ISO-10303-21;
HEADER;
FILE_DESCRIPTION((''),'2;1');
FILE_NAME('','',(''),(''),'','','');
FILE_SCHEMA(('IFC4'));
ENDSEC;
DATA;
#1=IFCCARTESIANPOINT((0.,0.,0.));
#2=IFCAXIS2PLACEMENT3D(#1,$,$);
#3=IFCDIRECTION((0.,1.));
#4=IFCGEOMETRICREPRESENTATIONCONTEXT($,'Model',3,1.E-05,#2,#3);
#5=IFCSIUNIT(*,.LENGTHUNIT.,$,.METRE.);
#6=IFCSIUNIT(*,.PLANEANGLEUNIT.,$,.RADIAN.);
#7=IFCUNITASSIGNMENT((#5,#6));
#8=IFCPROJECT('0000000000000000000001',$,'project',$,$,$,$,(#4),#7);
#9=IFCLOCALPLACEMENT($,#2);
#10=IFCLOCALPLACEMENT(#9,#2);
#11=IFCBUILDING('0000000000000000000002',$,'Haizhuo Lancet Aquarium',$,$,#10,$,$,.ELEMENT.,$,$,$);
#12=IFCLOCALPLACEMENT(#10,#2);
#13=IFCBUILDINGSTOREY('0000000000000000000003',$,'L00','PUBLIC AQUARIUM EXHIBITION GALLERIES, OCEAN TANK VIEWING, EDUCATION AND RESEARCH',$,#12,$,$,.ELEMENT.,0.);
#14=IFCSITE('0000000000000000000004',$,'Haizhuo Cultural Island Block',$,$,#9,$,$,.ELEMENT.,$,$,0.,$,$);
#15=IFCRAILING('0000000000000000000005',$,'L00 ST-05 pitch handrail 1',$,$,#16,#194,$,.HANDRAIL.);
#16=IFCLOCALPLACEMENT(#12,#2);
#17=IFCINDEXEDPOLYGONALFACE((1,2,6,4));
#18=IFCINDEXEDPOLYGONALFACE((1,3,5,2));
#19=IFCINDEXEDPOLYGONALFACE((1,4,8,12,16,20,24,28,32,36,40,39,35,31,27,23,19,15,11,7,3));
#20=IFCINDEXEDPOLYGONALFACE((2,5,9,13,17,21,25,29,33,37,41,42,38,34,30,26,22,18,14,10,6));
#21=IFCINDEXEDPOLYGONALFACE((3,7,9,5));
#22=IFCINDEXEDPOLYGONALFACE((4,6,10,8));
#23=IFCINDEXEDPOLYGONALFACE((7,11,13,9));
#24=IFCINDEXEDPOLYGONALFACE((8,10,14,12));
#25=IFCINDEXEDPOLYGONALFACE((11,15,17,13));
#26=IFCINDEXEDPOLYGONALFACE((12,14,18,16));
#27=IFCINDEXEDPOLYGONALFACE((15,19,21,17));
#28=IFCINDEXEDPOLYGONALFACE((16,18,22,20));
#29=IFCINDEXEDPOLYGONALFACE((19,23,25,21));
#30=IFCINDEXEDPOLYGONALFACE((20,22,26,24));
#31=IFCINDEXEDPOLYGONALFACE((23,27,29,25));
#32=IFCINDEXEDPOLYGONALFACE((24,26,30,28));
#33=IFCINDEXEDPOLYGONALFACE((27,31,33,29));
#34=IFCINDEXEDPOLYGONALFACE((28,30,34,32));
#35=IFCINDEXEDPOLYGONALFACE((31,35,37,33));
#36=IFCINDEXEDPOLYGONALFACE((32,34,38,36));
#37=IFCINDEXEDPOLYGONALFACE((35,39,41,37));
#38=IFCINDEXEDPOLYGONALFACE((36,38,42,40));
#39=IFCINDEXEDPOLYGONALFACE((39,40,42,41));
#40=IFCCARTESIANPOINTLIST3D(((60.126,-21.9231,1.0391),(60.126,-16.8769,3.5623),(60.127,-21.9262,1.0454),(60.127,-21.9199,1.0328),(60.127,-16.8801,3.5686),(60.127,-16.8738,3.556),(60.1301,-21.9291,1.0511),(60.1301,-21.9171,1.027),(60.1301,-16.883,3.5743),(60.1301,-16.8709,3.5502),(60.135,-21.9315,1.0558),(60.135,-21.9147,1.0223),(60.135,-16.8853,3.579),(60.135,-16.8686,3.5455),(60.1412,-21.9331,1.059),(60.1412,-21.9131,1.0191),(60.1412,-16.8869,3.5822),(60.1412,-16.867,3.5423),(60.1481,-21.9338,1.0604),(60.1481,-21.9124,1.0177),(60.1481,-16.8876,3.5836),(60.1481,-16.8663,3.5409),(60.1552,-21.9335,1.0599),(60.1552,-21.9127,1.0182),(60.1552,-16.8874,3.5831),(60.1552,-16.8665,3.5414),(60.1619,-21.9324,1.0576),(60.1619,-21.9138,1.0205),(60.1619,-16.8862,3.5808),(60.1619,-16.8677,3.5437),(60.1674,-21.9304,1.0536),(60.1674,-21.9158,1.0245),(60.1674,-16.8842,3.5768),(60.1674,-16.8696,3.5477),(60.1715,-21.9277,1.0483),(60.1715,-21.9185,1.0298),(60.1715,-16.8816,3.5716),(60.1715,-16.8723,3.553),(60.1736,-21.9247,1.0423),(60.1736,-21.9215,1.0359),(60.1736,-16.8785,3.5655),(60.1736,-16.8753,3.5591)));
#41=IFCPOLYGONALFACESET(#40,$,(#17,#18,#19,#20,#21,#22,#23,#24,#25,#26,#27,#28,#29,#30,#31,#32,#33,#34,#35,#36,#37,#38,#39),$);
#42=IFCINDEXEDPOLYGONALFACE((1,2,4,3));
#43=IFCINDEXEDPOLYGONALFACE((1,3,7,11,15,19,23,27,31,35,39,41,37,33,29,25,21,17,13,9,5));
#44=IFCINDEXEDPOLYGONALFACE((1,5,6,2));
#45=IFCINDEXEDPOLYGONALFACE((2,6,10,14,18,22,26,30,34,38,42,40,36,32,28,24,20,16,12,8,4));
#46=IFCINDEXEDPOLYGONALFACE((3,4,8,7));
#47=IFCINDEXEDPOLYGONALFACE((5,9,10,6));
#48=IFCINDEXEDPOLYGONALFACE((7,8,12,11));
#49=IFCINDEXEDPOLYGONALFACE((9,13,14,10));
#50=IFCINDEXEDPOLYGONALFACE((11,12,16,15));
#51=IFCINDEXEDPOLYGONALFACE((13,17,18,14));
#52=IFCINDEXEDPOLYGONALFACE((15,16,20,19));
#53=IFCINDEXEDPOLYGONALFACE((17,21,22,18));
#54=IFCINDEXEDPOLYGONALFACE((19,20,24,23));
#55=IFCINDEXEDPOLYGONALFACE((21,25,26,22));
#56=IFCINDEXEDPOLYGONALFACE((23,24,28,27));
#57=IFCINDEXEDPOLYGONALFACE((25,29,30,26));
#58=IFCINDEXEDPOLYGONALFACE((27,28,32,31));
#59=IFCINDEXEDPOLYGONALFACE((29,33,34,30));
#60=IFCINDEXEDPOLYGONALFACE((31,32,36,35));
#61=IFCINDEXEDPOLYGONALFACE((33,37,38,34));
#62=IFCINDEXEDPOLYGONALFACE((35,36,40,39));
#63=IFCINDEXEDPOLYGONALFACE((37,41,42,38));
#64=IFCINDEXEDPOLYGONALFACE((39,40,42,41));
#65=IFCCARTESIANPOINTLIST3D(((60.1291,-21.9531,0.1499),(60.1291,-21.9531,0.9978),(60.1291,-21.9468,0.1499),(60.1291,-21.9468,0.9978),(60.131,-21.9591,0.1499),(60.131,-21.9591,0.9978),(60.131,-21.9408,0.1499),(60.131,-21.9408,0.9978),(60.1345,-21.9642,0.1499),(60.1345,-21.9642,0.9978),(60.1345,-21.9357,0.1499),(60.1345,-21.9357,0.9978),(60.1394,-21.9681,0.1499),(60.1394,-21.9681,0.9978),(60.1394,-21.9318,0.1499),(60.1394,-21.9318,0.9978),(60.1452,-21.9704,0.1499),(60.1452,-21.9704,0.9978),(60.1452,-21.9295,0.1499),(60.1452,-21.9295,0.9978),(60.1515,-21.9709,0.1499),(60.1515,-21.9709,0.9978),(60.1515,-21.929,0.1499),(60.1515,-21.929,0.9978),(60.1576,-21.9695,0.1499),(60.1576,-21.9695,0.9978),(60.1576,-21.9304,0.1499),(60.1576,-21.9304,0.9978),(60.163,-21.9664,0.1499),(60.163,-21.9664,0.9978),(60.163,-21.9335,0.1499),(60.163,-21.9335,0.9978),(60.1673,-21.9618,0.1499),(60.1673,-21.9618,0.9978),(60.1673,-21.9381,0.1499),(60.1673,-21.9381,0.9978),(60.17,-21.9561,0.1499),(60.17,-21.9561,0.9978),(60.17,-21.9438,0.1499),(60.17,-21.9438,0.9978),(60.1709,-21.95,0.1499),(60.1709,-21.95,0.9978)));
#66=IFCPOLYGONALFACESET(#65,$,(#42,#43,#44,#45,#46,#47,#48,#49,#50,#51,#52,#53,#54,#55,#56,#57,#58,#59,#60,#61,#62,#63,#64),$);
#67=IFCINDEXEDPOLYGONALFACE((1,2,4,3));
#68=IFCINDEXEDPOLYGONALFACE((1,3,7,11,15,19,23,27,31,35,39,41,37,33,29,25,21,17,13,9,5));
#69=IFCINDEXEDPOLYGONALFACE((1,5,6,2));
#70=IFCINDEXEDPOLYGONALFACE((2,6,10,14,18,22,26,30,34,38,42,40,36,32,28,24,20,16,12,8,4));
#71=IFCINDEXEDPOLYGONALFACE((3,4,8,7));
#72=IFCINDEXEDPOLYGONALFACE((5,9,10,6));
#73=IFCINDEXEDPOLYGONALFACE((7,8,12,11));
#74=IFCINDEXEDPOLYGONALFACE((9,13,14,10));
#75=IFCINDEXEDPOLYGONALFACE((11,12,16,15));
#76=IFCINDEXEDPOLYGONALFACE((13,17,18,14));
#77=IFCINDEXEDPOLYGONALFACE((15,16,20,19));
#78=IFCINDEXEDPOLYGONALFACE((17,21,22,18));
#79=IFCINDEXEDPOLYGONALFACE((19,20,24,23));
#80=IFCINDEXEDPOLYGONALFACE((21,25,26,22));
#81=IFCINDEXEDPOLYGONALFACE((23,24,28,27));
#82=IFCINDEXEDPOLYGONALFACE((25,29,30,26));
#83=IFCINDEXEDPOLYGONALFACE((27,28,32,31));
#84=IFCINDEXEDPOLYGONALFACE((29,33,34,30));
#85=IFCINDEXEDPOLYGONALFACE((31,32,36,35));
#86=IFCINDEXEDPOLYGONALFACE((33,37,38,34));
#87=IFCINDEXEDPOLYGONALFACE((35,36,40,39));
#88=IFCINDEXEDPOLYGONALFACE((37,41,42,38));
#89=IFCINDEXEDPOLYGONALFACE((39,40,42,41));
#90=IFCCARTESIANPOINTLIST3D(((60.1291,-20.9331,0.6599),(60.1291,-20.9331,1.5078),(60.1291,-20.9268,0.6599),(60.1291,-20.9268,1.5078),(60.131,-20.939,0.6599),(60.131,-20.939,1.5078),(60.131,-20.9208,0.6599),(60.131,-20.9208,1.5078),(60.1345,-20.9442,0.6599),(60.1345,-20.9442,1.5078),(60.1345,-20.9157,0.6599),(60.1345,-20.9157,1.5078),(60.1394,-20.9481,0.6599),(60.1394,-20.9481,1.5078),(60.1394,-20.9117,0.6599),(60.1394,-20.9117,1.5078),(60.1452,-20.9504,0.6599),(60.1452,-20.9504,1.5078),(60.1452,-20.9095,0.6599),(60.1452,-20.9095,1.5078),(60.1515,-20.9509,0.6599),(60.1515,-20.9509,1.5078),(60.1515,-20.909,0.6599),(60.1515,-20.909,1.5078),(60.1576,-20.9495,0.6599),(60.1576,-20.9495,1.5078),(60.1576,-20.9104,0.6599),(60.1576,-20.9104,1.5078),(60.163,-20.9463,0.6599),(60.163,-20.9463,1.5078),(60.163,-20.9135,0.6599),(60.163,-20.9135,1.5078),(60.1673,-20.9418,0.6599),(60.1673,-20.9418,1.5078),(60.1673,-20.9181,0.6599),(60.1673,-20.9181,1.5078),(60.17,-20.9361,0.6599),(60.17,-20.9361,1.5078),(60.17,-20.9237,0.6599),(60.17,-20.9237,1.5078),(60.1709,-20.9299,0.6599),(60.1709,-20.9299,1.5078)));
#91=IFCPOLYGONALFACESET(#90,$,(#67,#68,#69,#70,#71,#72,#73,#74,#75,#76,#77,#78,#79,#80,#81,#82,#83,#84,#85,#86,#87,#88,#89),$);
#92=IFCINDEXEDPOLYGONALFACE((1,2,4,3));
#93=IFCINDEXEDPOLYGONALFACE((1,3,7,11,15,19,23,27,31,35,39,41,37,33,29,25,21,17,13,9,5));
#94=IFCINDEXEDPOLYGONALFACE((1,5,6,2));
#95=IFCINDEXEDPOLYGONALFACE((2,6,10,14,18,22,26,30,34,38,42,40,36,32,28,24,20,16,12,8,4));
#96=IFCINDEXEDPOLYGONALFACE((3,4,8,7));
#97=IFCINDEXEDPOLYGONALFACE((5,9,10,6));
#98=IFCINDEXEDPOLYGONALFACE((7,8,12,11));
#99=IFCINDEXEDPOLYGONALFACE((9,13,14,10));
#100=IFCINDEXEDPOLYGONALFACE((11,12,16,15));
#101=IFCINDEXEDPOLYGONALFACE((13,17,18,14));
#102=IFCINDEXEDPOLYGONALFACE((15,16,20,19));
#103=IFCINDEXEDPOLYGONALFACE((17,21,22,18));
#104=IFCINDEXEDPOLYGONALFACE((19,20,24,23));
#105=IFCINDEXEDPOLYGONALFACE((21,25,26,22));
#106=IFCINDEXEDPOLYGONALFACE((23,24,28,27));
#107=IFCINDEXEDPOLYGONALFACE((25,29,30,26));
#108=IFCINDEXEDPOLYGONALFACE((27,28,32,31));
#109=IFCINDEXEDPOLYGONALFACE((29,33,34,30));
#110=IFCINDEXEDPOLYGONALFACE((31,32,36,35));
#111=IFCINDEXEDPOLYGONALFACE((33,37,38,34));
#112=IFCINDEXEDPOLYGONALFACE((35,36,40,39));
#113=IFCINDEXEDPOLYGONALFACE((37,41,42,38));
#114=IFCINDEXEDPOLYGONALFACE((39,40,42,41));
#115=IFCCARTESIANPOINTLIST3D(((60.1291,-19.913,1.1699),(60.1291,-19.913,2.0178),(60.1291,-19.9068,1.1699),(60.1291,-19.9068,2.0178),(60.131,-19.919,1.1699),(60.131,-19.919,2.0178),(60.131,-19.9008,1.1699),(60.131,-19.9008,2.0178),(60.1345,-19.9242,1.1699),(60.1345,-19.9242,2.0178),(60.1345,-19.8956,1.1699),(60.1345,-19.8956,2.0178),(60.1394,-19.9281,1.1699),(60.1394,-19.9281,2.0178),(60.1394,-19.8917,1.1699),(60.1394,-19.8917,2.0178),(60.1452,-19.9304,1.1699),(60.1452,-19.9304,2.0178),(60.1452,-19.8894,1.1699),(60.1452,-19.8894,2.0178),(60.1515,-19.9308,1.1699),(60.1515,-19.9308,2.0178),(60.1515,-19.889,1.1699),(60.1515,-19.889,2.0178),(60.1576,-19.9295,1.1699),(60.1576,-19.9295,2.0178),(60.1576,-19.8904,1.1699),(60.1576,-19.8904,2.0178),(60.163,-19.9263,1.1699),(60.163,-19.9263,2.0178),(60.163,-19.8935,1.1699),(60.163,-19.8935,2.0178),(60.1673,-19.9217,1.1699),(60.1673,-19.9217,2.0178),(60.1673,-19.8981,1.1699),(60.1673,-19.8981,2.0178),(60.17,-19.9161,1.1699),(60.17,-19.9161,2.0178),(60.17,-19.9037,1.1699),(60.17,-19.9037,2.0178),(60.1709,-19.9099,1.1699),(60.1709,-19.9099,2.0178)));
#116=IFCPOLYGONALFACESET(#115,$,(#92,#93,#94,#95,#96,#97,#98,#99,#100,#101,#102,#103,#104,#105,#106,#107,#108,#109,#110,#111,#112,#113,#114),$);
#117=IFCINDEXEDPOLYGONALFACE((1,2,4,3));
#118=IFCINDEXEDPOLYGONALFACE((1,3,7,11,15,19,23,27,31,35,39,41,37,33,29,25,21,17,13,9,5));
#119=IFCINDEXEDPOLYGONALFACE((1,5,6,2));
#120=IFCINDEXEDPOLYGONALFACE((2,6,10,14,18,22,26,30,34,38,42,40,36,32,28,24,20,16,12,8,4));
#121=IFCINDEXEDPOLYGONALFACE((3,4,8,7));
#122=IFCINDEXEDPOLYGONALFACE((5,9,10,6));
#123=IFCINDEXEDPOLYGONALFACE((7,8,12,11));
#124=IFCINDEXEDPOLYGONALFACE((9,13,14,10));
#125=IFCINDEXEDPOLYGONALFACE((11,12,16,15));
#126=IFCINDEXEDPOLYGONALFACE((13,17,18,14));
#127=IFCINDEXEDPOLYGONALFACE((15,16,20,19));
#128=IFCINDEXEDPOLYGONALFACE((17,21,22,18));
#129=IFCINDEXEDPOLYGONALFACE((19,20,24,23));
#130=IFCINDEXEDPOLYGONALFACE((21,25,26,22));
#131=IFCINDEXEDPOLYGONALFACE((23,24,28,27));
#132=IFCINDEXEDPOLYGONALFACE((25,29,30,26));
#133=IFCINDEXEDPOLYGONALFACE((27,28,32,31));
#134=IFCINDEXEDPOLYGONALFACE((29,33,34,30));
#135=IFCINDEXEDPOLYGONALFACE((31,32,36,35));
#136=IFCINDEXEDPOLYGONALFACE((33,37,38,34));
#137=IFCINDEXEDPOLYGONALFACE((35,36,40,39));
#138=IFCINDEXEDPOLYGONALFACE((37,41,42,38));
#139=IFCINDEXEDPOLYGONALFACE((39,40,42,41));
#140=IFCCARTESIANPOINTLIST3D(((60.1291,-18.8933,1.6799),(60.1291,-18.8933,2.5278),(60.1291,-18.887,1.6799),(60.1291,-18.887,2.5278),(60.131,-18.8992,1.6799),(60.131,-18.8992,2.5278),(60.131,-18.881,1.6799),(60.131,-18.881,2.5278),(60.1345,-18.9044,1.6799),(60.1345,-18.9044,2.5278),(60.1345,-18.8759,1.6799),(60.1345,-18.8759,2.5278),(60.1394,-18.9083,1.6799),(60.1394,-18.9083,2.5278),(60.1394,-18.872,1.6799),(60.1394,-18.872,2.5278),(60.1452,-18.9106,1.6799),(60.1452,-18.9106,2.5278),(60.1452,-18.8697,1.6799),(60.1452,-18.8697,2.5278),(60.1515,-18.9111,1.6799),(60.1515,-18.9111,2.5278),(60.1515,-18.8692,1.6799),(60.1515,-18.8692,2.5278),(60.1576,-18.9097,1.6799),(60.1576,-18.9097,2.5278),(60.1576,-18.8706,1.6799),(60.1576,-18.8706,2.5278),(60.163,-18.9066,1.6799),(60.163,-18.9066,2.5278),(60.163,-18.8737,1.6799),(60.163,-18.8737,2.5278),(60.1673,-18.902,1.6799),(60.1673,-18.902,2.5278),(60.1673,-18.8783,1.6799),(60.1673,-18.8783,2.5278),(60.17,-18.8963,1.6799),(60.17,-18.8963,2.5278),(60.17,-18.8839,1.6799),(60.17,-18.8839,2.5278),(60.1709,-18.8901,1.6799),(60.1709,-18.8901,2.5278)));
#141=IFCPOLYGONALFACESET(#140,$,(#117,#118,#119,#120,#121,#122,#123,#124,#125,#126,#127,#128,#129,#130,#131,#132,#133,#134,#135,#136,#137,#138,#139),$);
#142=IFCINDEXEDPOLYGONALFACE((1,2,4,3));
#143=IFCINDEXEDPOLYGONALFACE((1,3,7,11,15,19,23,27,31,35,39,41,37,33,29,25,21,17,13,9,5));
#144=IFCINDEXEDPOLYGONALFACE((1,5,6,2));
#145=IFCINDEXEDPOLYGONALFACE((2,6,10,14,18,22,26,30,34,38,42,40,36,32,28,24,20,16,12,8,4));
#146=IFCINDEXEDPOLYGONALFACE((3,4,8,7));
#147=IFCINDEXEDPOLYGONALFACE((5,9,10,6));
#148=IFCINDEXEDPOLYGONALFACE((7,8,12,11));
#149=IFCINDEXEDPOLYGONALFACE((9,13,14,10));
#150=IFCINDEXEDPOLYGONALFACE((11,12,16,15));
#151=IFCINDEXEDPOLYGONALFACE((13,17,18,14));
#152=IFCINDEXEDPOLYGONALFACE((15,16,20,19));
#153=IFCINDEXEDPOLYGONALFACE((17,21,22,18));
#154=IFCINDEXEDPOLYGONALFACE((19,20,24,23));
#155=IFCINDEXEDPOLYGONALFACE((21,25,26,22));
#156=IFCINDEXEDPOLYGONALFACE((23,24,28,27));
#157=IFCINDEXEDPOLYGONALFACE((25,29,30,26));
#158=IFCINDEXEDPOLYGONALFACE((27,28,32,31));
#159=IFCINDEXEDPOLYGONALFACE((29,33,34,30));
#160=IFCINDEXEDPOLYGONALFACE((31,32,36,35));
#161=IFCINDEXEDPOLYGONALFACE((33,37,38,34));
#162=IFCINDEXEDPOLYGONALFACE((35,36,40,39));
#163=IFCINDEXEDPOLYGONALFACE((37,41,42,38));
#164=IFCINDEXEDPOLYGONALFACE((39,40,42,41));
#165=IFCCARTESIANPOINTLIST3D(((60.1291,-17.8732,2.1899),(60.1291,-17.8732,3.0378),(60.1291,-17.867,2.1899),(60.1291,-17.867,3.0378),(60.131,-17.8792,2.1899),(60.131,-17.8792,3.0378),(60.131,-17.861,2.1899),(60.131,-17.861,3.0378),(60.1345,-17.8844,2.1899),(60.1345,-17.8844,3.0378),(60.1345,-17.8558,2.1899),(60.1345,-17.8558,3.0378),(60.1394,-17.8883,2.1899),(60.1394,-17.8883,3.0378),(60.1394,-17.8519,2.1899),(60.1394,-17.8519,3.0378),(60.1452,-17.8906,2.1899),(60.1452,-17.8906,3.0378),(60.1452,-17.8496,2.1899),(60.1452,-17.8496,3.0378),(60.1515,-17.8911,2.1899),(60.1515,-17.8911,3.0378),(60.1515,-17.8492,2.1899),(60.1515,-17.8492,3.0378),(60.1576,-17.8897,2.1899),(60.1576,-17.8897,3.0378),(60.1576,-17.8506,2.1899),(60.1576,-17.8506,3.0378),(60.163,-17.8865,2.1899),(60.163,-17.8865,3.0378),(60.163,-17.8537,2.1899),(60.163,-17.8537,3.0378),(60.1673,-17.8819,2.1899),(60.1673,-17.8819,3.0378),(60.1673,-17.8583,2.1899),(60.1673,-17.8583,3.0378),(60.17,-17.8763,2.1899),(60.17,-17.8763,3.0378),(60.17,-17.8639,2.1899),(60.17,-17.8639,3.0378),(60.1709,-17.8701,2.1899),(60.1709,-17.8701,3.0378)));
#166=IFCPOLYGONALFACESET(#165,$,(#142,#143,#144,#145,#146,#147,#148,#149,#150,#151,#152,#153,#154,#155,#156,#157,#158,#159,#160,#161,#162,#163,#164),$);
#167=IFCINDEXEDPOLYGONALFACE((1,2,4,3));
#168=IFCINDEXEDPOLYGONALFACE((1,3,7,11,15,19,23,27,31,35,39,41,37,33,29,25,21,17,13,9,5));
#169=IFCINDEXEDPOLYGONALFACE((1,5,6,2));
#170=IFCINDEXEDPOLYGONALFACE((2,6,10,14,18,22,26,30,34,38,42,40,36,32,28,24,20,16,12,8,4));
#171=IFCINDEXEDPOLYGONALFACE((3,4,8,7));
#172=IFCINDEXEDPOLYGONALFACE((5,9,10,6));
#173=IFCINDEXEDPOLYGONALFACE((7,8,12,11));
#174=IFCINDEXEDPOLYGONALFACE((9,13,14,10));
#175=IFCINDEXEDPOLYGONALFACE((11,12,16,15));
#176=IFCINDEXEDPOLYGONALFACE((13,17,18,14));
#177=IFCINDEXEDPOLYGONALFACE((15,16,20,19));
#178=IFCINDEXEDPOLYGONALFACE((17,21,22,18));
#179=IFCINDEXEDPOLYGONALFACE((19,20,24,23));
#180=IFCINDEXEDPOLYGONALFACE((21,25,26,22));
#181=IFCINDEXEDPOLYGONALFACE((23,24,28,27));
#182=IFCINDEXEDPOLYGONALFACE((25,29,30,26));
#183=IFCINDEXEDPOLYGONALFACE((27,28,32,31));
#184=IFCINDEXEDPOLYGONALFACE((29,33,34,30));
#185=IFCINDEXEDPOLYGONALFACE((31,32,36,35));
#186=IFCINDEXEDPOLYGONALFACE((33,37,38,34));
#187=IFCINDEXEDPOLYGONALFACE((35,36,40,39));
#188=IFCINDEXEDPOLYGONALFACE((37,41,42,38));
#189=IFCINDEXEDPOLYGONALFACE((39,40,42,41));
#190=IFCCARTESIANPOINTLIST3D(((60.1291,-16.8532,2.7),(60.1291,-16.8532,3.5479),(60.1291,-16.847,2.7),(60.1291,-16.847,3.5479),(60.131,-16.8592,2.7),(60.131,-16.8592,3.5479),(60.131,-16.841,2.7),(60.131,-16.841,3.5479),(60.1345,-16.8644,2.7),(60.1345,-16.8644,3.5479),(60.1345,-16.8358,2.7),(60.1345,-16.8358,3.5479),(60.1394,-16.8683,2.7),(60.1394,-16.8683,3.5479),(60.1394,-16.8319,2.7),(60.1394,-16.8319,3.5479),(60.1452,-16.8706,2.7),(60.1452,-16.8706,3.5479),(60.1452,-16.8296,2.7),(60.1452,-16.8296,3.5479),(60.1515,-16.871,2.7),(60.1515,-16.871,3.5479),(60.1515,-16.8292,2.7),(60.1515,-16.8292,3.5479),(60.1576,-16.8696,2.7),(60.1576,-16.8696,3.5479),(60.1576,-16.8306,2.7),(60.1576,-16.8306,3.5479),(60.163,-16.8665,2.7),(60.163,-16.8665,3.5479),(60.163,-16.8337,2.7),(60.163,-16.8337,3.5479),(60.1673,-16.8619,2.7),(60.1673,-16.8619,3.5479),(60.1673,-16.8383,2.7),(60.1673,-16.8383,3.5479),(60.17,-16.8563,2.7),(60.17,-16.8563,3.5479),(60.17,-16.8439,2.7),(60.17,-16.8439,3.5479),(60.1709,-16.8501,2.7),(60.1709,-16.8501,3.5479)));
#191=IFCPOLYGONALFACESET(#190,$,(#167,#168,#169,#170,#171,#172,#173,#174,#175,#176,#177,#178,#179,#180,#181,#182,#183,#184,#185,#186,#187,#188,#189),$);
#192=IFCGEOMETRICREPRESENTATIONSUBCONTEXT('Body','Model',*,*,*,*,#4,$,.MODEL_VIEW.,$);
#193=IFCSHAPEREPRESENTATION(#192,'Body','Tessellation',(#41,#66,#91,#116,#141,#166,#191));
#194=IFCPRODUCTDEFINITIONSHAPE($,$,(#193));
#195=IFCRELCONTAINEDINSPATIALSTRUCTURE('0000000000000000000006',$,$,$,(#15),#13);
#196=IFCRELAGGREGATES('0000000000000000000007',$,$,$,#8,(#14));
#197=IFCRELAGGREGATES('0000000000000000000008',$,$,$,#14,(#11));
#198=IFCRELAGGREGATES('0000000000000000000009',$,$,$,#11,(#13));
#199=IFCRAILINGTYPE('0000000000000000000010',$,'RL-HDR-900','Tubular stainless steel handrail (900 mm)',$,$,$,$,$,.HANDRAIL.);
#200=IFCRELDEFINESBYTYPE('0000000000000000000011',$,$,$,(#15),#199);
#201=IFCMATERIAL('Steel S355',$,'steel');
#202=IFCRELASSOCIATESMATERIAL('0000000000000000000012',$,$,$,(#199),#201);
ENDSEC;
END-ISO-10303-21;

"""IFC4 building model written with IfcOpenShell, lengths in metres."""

from ifc_helpers import new_model, si_unit, direction, frame, origin, origin_2d, place, context, subcontext, project, spatial, circle, extrude, material, type_object, element, save


model = new_model("IFC4")

# Units and contexts
model_context = context("Model", 3, precision=1e-05, world=origin(), true_north=direction((0.0, 1.0)))
body_context = subcontext(model_context, "Body", "Model", "MODEL_VIEW")
ifc_project = project(units=[si_unit("LENGTHUNIT", "METRE"), si_unit("PLANEANGLEUNIT", "RADIAN")], contexts=[model_context])

# Site, building, storey
site_placement = place(None, origin())
site = spatial("IfcSite", under=ifc_project, at=site_placement, Name="Haizhuo Cultural Island Block", CompositionType="ELEMENT", RefElevation=0.0)
building_placement = place(site_placement, origin())
building = spatial("IfcBuilding", under=site, at=building_placement, Name="Haizhuo Lancet Aquarium", CompositionType="ELEMENT")
storey_placement = place(building_placement, origin())
storey = spatial("IfcBuildingStorey", under=building, at=storey_placement, Name="L00", Description="PUBLIC AQUARIUM EXHIBITION GALLERIES, OCEAN TANK VIEWING, EDUCATION AND RESEARCH", CompositionType="ELEMENT", Elevation=0.0)

# Shared definitions
ifc_material_1 = material(Name="Steel S355", Category="steel")

# Railing
railing_type_1 = type_object("IfcRailingType", Name="RL-HDR-900", Description="Tubular stainless steel handrail (900 mm)", PredefinedType="HANDRAIL", material=ifc_material_1)
railing_1_placement = place(storey_placement, frame((60.1499, -21.95, 0.1499)))
element("IfcRailing", 1, at=railing_1_placement, inside=storey, type_object=railing_type_1, Name="L00 ST-05 pitch handrail 1", PredefinedType="HANDRAIL", context=body_context, shape_type="SweptSolid", body=[
    extrude(circle(Radius=0.0239, at=origin_2d()), frame((0.0, 0.0269, 0.8892), z_axis=(0.0, 0.894419, 0.447231), x_axis=(-1.0, 0.0, 0.0)), (0.0, 0.0, 1.0), 5.6418),
    extrude(circle(Radius=0.021, at=origin_2d()), origin(), (0.0, 0.0, 1.0), 0.8479),
    extrude(circle(Radius=0.021, at=origin_2d()), frame((0.0, 1.02, 0.51)), (0.0, 0.0, 1.0), 0.8479),
    extrude(circle(Radius=0.021, at=origin_2d()), frame((0.0, 2.04, 1.02)), (0.0, 0.0, 1.0), 0.8479),
    extrude(circle(Radius=0.021, at=origin_2d()), frame((0.0, 3.0598, 1.53)), (0.0, 0.0, 1.0), 0.8479),
    extrude(circle(Radius=0.021, at=origin_2d()), frame((0.0, 4.0798, 2.04)), (0.0, 0.0, 1.0), 0.8479),
    extrude(circle(Radius=0.021, at=origin_2d()), frame((0.0, 5.0999, 2.55)), (0.0, 0.0, 1.0), 0.8479),
])

save(model, "model.ifc")
